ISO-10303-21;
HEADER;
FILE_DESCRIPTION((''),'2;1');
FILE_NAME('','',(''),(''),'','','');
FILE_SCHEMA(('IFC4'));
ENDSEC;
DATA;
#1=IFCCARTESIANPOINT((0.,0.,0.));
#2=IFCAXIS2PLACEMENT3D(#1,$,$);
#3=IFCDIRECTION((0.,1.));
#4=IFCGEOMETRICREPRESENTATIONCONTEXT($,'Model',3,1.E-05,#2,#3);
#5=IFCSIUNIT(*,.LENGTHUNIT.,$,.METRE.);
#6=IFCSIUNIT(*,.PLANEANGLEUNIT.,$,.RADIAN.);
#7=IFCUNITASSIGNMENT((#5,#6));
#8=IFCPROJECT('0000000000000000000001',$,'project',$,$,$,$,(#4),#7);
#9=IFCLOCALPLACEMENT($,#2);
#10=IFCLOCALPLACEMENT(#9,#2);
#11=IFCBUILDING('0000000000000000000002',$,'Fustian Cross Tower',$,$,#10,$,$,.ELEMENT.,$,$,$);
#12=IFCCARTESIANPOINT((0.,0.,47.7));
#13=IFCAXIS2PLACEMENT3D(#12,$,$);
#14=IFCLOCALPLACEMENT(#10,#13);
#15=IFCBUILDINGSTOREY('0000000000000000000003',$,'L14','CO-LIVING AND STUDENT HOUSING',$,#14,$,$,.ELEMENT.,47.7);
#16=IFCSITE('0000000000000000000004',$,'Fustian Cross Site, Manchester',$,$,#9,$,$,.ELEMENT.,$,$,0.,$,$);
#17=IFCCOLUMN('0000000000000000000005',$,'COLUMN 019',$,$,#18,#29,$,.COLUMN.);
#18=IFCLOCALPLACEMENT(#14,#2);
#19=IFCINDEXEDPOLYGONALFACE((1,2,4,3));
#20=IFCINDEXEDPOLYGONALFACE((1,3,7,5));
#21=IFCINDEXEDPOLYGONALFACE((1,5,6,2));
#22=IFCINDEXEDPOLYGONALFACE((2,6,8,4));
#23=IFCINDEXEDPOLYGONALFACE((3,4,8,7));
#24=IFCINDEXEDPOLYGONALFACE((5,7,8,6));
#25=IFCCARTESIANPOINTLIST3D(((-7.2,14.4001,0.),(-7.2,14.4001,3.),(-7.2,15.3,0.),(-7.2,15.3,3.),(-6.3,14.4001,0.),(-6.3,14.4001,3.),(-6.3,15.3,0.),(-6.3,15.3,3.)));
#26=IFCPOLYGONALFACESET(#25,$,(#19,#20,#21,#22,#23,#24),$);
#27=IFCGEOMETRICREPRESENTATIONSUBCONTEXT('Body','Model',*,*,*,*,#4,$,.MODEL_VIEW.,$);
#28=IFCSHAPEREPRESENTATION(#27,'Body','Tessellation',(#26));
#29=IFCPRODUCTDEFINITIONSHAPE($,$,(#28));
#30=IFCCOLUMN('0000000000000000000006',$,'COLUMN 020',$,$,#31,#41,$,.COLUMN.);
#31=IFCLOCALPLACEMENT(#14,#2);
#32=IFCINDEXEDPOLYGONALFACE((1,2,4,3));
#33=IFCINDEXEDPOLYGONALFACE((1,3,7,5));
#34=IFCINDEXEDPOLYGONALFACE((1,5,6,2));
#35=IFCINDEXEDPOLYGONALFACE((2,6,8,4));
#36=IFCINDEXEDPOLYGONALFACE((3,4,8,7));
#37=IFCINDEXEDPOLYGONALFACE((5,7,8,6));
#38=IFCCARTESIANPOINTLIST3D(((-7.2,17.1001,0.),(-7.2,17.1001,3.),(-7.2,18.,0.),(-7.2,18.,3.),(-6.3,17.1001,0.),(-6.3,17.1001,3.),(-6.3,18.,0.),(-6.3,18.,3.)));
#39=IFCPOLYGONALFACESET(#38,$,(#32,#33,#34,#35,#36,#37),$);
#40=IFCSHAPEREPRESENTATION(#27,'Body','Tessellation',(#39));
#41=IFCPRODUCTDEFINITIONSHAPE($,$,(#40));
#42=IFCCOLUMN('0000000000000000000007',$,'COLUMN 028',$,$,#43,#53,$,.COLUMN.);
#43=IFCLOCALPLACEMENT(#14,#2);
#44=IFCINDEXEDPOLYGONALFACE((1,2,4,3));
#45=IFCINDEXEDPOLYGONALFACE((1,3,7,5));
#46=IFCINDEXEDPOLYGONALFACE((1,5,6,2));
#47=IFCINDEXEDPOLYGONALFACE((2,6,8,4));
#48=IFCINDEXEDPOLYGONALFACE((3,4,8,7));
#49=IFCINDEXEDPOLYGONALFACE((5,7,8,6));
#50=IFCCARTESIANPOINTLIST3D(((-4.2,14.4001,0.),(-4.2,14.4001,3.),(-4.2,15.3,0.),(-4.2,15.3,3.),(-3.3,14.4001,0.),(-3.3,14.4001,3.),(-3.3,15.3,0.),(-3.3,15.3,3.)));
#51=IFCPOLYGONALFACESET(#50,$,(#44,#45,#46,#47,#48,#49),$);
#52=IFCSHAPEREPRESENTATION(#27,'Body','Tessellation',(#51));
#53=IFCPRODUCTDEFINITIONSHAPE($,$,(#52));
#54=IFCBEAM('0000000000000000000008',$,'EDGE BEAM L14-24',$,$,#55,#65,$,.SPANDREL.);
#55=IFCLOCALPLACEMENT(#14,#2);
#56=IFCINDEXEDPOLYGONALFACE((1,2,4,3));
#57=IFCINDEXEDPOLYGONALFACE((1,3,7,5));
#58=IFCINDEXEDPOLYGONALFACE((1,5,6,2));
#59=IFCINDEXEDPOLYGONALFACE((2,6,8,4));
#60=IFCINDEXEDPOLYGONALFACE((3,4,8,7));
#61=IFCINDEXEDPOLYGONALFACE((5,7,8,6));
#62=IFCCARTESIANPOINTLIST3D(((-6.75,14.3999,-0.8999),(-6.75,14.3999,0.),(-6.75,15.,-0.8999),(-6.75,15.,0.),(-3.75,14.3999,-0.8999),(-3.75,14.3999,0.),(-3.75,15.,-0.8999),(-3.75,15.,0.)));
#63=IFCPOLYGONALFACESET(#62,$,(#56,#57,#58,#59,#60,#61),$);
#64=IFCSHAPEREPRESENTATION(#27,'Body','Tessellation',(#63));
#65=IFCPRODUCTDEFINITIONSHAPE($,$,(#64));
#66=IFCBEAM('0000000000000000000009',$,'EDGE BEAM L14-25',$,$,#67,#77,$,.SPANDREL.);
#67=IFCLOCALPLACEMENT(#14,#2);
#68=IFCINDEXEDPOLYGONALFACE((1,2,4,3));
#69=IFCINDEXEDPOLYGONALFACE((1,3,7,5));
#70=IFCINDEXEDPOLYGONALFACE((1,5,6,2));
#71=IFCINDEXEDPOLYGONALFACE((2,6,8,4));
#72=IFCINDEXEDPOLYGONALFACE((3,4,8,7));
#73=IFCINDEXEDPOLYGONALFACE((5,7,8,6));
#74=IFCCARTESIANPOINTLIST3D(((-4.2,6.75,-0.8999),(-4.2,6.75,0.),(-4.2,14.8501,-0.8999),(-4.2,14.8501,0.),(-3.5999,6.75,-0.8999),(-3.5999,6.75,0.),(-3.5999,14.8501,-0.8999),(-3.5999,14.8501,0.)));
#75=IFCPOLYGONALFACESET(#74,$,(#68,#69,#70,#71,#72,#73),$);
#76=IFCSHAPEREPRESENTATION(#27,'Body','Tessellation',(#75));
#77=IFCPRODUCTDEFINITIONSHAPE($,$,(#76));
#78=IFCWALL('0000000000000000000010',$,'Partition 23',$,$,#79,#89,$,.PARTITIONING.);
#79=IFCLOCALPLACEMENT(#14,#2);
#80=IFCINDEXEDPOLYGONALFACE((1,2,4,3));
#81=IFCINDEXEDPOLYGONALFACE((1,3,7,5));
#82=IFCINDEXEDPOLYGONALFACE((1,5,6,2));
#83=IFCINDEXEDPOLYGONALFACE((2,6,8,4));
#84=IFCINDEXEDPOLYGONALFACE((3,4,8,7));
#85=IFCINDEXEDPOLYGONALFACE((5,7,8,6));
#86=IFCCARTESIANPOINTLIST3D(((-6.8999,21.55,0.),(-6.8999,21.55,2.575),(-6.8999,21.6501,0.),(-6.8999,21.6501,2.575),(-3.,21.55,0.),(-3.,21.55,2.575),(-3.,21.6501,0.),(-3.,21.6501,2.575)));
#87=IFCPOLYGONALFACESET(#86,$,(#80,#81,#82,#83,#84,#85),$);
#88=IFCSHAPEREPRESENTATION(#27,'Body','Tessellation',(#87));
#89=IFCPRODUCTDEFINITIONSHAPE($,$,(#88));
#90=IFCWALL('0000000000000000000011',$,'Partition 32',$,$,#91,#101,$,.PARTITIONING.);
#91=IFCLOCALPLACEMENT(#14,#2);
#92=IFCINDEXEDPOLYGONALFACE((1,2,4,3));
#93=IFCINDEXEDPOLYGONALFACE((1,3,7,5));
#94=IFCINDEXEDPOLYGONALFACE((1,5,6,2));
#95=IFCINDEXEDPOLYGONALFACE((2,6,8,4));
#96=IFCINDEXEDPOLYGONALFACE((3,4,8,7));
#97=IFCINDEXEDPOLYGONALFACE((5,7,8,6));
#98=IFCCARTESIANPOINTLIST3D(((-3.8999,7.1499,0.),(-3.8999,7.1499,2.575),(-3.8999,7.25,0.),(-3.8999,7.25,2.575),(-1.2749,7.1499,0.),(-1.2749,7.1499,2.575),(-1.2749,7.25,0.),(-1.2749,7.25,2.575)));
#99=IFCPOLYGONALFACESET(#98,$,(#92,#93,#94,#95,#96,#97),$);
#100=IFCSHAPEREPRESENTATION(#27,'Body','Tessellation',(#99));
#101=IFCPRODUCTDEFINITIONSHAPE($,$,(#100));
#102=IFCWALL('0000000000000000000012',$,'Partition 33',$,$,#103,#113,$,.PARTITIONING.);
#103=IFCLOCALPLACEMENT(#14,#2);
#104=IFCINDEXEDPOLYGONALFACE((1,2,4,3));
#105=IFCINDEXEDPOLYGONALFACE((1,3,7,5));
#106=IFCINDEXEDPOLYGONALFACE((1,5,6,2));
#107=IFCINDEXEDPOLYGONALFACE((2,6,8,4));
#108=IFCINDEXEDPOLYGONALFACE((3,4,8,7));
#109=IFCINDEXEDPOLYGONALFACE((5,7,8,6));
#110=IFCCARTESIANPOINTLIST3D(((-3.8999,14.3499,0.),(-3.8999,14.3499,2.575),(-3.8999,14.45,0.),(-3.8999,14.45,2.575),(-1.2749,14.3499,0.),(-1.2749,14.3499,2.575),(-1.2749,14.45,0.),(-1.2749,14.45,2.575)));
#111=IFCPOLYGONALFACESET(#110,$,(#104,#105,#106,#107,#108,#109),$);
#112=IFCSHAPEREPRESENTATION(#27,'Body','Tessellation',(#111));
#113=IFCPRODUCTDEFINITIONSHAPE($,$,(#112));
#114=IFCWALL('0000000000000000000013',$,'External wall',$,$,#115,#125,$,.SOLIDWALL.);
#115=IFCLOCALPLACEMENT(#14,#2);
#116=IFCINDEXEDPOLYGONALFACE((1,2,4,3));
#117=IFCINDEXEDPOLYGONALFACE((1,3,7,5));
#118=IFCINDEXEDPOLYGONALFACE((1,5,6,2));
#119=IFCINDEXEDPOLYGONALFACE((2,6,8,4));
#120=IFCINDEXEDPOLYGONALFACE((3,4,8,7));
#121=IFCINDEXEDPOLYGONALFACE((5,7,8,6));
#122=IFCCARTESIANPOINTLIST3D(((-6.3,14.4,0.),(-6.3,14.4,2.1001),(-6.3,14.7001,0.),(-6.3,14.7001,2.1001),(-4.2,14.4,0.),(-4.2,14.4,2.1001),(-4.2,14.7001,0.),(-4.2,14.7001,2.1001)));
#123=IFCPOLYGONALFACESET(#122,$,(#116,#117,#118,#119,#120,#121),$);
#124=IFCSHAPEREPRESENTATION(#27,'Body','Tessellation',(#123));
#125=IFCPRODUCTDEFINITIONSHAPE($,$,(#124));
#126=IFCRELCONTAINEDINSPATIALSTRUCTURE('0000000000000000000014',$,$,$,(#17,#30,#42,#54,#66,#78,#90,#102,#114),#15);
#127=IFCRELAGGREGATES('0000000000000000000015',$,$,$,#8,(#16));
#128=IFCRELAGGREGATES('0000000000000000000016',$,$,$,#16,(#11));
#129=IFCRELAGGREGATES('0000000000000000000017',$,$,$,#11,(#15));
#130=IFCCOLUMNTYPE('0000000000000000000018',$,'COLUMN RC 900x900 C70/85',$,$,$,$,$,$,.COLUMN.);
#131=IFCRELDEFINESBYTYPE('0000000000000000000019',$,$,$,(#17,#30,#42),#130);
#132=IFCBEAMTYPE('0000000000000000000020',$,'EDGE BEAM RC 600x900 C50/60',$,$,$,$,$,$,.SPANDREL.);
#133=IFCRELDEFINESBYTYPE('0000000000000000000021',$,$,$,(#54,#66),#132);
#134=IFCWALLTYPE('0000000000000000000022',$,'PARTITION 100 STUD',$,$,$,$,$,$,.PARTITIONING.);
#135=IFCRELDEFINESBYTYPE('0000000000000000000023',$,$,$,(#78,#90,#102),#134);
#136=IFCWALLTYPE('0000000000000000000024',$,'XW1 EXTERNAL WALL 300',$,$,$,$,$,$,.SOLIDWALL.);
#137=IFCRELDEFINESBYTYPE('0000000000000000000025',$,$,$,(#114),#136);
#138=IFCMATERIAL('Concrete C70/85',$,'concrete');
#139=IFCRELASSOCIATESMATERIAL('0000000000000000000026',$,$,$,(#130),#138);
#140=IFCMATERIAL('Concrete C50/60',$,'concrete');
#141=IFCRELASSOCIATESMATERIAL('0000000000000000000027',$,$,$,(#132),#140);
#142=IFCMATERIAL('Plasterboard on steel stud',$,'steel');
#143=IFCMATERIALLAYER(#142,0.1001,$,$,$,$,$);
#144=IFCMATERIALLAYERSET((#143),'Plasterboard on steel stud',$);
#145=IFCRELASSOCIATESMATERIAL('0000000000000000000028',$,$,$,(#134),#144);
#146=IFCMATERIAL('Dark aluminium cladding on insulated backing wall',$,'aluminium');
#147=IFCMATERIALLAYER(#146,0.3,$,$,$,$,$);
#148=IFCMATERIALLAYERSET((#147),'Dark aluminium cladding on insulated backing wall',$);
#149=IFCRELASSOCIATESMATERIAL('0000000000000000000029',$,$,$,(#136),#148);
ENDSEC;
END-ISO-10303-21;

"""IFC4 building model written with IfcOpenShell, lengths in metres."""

from ifc_helpers import new_model, si_unit, direction, frame, frame_2d, origin, origin_2d, place, context, subcontext, project, spatial, rectangle, extrude, material, layer, layer_set, material_profile, profile_set, type_object, element, save


model = new_model("IFC4")

# Units and contexts
model_context = context("Model", 3, precision=1e-05, world=origin(), true_north=direction((0.0, 1.0)))
body_context = subcontext(model_context, "Body", "Model", "MODEL_VIEW")
ifc_project = project(units=[si_unit("LENGTHUNIT", "METRE"), si_unit("PLANEANGLEUNIT", "RADIAN")], contexts=[model_context])

# Site, building, storey
site_placement = place(None, origin())
site = spatial("IfcSite", under=ifc_project, at=site_placement, Name="Fustian Cross Site, Manchester", CompositionType="ELEMENT", RefElevation=0.0)
building_placement = place(site_placement, origin())
building = spatial("IfcBuilding", under=site, at=building_placement, Name="Fustian Cross Tower", CompositionType="ELEMENT")
storey_placement = place(building_placement, frame((0.0, 0.0, 47.7)))
storey = spatial("IfcBuildingStorey", under=building, at=storey_placement, Name="L14", Description="CO-LIVING AND STUDENT HOUSING", CompositionType="ELEMENT", Elevation=47.7)

# Columns
ifc_material_1 = material(Name="Concrete C70/85", Category="concrete")
ifc_material_profile_1 = material_profile(ifc_material_1, rectangle(XDim=0.8999, YDim=0.8999, at=origin_2d()), Name="RC 900x900")
ifc_profile_set_1 = profile_set([ifc_material_profile_1], Name="Concrete C70/85")
column_type = type_object("IfcColumnType", Name="COLUMN RC 900x900 C70/85", PredefinedType="COLUMN", material=ifc_profile_set_1)
for number, where, z_axis, x_axis, name in (
    (1, (-6.75, 14.8501, 0.0), (0.0, 0.0, 1.0), (1.0, 0.0, 0.0), "COLUMN 019"),
    (2, (-6.75, 17.55, 0.0), (0.0, 0.0, 1.0), (1.0, 0.0, 0.0), "COLUMN 020"),
    (3, (-3.75, 14.8501, 0.0), (0.0, 0.0, 1.0), (1.0, 0.0, 0.0), "COLUMN 028"),
):
    element("IfcColumn", number, at=place(storey_placement, frame(where, z_axis=z_axis, x_axis=x_axis)), inside=storey, type_object=column_type, Name=name, PredefinedType="COLUMN", context=body_context, shape_type="SweptSolid", body=[
        extrude(rectangle(XDim=0.8999, YDim=0.8999, at=origin_2d()), origin(), (0.0, 0.0, 1.0), 3.0),
    ])

# Beams
ifc_material_2 = material(Name="Concrete C50/60", Category="concrete")
ifc_material_profile_2 = material_profile(ifc_material_2, rectangle(XDim=0.6001, YDim=0.8999, at=origin_2d()), Name="RC 600x900")
ifc_profile_set_2 = profile_set([ifc_material_profile_2], Name="Concrete C50/60")
beam_type = type_object("IfcBeamType", Name="EDGE BEAM RC 600x900 C50/60", PredefinedType="SPANDREL", material=ifc_profile_set_2)
beam_1_placement = place(storey_placement, frame((-6.75, 14.7, -0.45), z_axis=(1.0, 0.0, 0.0), x_axis=(0.0, 1.0, 0.0)))
element("IfcBeam", 4, at=beam_1_placement, inside=storey, type_object=beam_type, Name="EDGE BEAM L14-24", PredefinedType="SPANDREL", context=body_context, shape_type="SweptSolid", body=[
    extrude(rectangle(XDim=0.6001, YDim=0.8999, at=origin_2d()), origin(), (0.0, 0.0, 1.0), 3.0),
])
beam_2_placement = place(storey_placement, frame((-3.8999, 14.8501, -0.45), z_axis=(0.0, -1.0, 0.0), x_axis=(1.0, 0.0, 0.0)))
element("IfcBeam", 5, at=beam_2_placement, inside=storey, type_object=beam_type, Name="EDGE BEAM L14-25", PredefinedType="SPANDREL", context=body_context, shape_type="SweptSolid", body=[
    extrude(rectangle(XDim=0.6001, YDim=0.8999, at=origin_2d()), origin(), (0.0, 0.0, 1.0), 8.1001),
])

# Walls
ifc_material_3 = material(Name="Plasterboard on steel stud", Category="steel")
ifc_layer_1 = layer(ifc_material_3, 0.1001)
ifc_layer_set_1 = layer_set([ifc_layer_1], Name="Plasterboard on steel stud")
wall_type_1 = type_object("IfcWallType", Name="PARTITION 100 STUD", PredefinedType="PARTITIONING", material=ifc_layer_set_1)
wall_1_placement = place(storey_placement, frame((-6.8999, 21.6001, 0.0), z_axis=(0.0, 0.0, 1.0), x_axis=(1.0, 0.0, 0.0)))
element("IfcWall", 6, at=wall_1_placement, inside=storey, type_object=wall_type_1, Name="Partition 23", PredefinedType="PARTITIONING", context=body_context, shape_type="SweptSolid", body=[
    extrude(rectangle(XDim=3.8999, YDim=0.1001, at=frame_2d((1.95, 0.0))), origin(), (0.0, 0.0, 1.0), 2.575),
])
for number, where, z_axis, x_axis, name in (
    (7, (-3.8999, 7.2, 0.0), (0.0, 0.0, 1.0), (1.0, 0.0, 0.0), "Partition 32"),
    (8, (-3.8999, 14.3999, 0.0), (0.0, 0.0, 1.0), (1.0, 0.0, 0.0), "Partition 33"),
):
    element("IfcWall", number, at=place(storey_placement, frame(where, z_axis=z_axis, x_axis=x_axis)), inside=storey, type_object=wall_type_1, Name=name, PredefinedType="PARTITIONING", context=body_context, shape_type="SweptSolid", body=[
        extrude(rectangle(XDim=2.625, YDim=0.1001, at=frame_2d((1.3125, 0.0))), origin(), (0.0, 0.0, 1.0), 2.575),
    ])
ifc_material_4 = material(Name="Dark aluminium cladding on insulated backing wall", Category="aluminium")
ifc_layer_2 = layer(ifc_material_4, 0.3)
ifc_layer_set_2 = layer_set([ifc_layer_2], Name="Dark aluminium cladding on insulated backing wall")
wall_type_2 = type_object("IfcWallType", Name="XW1 EXTERNAL WALL 300", PredefinedType="SOLIDWALL", material=ifc_layer_set_2)
wall_2_placement = place(storey_placement, frame((-6.3, 14.55, 0.0), z_axis=(0.0, 0.0, 1.0), x_axis=(1.0, 0.0, 0.0)))
element("IfcWall", 9, at=wall_2_placement, inside=storey, type_object=wall_type_2, Name="External wall", PredefinedType="SOLIDWALL", context=body_context, shape_type="SweptSolid", body=[
    extrude(rectangle(XDim=2.1001, YDim=0.3, at=frame_2d((1.05, 0.0))), origin(), (0.0, 0.0, 1.0), 2.1001),
])

save(model, "model.ifc")
